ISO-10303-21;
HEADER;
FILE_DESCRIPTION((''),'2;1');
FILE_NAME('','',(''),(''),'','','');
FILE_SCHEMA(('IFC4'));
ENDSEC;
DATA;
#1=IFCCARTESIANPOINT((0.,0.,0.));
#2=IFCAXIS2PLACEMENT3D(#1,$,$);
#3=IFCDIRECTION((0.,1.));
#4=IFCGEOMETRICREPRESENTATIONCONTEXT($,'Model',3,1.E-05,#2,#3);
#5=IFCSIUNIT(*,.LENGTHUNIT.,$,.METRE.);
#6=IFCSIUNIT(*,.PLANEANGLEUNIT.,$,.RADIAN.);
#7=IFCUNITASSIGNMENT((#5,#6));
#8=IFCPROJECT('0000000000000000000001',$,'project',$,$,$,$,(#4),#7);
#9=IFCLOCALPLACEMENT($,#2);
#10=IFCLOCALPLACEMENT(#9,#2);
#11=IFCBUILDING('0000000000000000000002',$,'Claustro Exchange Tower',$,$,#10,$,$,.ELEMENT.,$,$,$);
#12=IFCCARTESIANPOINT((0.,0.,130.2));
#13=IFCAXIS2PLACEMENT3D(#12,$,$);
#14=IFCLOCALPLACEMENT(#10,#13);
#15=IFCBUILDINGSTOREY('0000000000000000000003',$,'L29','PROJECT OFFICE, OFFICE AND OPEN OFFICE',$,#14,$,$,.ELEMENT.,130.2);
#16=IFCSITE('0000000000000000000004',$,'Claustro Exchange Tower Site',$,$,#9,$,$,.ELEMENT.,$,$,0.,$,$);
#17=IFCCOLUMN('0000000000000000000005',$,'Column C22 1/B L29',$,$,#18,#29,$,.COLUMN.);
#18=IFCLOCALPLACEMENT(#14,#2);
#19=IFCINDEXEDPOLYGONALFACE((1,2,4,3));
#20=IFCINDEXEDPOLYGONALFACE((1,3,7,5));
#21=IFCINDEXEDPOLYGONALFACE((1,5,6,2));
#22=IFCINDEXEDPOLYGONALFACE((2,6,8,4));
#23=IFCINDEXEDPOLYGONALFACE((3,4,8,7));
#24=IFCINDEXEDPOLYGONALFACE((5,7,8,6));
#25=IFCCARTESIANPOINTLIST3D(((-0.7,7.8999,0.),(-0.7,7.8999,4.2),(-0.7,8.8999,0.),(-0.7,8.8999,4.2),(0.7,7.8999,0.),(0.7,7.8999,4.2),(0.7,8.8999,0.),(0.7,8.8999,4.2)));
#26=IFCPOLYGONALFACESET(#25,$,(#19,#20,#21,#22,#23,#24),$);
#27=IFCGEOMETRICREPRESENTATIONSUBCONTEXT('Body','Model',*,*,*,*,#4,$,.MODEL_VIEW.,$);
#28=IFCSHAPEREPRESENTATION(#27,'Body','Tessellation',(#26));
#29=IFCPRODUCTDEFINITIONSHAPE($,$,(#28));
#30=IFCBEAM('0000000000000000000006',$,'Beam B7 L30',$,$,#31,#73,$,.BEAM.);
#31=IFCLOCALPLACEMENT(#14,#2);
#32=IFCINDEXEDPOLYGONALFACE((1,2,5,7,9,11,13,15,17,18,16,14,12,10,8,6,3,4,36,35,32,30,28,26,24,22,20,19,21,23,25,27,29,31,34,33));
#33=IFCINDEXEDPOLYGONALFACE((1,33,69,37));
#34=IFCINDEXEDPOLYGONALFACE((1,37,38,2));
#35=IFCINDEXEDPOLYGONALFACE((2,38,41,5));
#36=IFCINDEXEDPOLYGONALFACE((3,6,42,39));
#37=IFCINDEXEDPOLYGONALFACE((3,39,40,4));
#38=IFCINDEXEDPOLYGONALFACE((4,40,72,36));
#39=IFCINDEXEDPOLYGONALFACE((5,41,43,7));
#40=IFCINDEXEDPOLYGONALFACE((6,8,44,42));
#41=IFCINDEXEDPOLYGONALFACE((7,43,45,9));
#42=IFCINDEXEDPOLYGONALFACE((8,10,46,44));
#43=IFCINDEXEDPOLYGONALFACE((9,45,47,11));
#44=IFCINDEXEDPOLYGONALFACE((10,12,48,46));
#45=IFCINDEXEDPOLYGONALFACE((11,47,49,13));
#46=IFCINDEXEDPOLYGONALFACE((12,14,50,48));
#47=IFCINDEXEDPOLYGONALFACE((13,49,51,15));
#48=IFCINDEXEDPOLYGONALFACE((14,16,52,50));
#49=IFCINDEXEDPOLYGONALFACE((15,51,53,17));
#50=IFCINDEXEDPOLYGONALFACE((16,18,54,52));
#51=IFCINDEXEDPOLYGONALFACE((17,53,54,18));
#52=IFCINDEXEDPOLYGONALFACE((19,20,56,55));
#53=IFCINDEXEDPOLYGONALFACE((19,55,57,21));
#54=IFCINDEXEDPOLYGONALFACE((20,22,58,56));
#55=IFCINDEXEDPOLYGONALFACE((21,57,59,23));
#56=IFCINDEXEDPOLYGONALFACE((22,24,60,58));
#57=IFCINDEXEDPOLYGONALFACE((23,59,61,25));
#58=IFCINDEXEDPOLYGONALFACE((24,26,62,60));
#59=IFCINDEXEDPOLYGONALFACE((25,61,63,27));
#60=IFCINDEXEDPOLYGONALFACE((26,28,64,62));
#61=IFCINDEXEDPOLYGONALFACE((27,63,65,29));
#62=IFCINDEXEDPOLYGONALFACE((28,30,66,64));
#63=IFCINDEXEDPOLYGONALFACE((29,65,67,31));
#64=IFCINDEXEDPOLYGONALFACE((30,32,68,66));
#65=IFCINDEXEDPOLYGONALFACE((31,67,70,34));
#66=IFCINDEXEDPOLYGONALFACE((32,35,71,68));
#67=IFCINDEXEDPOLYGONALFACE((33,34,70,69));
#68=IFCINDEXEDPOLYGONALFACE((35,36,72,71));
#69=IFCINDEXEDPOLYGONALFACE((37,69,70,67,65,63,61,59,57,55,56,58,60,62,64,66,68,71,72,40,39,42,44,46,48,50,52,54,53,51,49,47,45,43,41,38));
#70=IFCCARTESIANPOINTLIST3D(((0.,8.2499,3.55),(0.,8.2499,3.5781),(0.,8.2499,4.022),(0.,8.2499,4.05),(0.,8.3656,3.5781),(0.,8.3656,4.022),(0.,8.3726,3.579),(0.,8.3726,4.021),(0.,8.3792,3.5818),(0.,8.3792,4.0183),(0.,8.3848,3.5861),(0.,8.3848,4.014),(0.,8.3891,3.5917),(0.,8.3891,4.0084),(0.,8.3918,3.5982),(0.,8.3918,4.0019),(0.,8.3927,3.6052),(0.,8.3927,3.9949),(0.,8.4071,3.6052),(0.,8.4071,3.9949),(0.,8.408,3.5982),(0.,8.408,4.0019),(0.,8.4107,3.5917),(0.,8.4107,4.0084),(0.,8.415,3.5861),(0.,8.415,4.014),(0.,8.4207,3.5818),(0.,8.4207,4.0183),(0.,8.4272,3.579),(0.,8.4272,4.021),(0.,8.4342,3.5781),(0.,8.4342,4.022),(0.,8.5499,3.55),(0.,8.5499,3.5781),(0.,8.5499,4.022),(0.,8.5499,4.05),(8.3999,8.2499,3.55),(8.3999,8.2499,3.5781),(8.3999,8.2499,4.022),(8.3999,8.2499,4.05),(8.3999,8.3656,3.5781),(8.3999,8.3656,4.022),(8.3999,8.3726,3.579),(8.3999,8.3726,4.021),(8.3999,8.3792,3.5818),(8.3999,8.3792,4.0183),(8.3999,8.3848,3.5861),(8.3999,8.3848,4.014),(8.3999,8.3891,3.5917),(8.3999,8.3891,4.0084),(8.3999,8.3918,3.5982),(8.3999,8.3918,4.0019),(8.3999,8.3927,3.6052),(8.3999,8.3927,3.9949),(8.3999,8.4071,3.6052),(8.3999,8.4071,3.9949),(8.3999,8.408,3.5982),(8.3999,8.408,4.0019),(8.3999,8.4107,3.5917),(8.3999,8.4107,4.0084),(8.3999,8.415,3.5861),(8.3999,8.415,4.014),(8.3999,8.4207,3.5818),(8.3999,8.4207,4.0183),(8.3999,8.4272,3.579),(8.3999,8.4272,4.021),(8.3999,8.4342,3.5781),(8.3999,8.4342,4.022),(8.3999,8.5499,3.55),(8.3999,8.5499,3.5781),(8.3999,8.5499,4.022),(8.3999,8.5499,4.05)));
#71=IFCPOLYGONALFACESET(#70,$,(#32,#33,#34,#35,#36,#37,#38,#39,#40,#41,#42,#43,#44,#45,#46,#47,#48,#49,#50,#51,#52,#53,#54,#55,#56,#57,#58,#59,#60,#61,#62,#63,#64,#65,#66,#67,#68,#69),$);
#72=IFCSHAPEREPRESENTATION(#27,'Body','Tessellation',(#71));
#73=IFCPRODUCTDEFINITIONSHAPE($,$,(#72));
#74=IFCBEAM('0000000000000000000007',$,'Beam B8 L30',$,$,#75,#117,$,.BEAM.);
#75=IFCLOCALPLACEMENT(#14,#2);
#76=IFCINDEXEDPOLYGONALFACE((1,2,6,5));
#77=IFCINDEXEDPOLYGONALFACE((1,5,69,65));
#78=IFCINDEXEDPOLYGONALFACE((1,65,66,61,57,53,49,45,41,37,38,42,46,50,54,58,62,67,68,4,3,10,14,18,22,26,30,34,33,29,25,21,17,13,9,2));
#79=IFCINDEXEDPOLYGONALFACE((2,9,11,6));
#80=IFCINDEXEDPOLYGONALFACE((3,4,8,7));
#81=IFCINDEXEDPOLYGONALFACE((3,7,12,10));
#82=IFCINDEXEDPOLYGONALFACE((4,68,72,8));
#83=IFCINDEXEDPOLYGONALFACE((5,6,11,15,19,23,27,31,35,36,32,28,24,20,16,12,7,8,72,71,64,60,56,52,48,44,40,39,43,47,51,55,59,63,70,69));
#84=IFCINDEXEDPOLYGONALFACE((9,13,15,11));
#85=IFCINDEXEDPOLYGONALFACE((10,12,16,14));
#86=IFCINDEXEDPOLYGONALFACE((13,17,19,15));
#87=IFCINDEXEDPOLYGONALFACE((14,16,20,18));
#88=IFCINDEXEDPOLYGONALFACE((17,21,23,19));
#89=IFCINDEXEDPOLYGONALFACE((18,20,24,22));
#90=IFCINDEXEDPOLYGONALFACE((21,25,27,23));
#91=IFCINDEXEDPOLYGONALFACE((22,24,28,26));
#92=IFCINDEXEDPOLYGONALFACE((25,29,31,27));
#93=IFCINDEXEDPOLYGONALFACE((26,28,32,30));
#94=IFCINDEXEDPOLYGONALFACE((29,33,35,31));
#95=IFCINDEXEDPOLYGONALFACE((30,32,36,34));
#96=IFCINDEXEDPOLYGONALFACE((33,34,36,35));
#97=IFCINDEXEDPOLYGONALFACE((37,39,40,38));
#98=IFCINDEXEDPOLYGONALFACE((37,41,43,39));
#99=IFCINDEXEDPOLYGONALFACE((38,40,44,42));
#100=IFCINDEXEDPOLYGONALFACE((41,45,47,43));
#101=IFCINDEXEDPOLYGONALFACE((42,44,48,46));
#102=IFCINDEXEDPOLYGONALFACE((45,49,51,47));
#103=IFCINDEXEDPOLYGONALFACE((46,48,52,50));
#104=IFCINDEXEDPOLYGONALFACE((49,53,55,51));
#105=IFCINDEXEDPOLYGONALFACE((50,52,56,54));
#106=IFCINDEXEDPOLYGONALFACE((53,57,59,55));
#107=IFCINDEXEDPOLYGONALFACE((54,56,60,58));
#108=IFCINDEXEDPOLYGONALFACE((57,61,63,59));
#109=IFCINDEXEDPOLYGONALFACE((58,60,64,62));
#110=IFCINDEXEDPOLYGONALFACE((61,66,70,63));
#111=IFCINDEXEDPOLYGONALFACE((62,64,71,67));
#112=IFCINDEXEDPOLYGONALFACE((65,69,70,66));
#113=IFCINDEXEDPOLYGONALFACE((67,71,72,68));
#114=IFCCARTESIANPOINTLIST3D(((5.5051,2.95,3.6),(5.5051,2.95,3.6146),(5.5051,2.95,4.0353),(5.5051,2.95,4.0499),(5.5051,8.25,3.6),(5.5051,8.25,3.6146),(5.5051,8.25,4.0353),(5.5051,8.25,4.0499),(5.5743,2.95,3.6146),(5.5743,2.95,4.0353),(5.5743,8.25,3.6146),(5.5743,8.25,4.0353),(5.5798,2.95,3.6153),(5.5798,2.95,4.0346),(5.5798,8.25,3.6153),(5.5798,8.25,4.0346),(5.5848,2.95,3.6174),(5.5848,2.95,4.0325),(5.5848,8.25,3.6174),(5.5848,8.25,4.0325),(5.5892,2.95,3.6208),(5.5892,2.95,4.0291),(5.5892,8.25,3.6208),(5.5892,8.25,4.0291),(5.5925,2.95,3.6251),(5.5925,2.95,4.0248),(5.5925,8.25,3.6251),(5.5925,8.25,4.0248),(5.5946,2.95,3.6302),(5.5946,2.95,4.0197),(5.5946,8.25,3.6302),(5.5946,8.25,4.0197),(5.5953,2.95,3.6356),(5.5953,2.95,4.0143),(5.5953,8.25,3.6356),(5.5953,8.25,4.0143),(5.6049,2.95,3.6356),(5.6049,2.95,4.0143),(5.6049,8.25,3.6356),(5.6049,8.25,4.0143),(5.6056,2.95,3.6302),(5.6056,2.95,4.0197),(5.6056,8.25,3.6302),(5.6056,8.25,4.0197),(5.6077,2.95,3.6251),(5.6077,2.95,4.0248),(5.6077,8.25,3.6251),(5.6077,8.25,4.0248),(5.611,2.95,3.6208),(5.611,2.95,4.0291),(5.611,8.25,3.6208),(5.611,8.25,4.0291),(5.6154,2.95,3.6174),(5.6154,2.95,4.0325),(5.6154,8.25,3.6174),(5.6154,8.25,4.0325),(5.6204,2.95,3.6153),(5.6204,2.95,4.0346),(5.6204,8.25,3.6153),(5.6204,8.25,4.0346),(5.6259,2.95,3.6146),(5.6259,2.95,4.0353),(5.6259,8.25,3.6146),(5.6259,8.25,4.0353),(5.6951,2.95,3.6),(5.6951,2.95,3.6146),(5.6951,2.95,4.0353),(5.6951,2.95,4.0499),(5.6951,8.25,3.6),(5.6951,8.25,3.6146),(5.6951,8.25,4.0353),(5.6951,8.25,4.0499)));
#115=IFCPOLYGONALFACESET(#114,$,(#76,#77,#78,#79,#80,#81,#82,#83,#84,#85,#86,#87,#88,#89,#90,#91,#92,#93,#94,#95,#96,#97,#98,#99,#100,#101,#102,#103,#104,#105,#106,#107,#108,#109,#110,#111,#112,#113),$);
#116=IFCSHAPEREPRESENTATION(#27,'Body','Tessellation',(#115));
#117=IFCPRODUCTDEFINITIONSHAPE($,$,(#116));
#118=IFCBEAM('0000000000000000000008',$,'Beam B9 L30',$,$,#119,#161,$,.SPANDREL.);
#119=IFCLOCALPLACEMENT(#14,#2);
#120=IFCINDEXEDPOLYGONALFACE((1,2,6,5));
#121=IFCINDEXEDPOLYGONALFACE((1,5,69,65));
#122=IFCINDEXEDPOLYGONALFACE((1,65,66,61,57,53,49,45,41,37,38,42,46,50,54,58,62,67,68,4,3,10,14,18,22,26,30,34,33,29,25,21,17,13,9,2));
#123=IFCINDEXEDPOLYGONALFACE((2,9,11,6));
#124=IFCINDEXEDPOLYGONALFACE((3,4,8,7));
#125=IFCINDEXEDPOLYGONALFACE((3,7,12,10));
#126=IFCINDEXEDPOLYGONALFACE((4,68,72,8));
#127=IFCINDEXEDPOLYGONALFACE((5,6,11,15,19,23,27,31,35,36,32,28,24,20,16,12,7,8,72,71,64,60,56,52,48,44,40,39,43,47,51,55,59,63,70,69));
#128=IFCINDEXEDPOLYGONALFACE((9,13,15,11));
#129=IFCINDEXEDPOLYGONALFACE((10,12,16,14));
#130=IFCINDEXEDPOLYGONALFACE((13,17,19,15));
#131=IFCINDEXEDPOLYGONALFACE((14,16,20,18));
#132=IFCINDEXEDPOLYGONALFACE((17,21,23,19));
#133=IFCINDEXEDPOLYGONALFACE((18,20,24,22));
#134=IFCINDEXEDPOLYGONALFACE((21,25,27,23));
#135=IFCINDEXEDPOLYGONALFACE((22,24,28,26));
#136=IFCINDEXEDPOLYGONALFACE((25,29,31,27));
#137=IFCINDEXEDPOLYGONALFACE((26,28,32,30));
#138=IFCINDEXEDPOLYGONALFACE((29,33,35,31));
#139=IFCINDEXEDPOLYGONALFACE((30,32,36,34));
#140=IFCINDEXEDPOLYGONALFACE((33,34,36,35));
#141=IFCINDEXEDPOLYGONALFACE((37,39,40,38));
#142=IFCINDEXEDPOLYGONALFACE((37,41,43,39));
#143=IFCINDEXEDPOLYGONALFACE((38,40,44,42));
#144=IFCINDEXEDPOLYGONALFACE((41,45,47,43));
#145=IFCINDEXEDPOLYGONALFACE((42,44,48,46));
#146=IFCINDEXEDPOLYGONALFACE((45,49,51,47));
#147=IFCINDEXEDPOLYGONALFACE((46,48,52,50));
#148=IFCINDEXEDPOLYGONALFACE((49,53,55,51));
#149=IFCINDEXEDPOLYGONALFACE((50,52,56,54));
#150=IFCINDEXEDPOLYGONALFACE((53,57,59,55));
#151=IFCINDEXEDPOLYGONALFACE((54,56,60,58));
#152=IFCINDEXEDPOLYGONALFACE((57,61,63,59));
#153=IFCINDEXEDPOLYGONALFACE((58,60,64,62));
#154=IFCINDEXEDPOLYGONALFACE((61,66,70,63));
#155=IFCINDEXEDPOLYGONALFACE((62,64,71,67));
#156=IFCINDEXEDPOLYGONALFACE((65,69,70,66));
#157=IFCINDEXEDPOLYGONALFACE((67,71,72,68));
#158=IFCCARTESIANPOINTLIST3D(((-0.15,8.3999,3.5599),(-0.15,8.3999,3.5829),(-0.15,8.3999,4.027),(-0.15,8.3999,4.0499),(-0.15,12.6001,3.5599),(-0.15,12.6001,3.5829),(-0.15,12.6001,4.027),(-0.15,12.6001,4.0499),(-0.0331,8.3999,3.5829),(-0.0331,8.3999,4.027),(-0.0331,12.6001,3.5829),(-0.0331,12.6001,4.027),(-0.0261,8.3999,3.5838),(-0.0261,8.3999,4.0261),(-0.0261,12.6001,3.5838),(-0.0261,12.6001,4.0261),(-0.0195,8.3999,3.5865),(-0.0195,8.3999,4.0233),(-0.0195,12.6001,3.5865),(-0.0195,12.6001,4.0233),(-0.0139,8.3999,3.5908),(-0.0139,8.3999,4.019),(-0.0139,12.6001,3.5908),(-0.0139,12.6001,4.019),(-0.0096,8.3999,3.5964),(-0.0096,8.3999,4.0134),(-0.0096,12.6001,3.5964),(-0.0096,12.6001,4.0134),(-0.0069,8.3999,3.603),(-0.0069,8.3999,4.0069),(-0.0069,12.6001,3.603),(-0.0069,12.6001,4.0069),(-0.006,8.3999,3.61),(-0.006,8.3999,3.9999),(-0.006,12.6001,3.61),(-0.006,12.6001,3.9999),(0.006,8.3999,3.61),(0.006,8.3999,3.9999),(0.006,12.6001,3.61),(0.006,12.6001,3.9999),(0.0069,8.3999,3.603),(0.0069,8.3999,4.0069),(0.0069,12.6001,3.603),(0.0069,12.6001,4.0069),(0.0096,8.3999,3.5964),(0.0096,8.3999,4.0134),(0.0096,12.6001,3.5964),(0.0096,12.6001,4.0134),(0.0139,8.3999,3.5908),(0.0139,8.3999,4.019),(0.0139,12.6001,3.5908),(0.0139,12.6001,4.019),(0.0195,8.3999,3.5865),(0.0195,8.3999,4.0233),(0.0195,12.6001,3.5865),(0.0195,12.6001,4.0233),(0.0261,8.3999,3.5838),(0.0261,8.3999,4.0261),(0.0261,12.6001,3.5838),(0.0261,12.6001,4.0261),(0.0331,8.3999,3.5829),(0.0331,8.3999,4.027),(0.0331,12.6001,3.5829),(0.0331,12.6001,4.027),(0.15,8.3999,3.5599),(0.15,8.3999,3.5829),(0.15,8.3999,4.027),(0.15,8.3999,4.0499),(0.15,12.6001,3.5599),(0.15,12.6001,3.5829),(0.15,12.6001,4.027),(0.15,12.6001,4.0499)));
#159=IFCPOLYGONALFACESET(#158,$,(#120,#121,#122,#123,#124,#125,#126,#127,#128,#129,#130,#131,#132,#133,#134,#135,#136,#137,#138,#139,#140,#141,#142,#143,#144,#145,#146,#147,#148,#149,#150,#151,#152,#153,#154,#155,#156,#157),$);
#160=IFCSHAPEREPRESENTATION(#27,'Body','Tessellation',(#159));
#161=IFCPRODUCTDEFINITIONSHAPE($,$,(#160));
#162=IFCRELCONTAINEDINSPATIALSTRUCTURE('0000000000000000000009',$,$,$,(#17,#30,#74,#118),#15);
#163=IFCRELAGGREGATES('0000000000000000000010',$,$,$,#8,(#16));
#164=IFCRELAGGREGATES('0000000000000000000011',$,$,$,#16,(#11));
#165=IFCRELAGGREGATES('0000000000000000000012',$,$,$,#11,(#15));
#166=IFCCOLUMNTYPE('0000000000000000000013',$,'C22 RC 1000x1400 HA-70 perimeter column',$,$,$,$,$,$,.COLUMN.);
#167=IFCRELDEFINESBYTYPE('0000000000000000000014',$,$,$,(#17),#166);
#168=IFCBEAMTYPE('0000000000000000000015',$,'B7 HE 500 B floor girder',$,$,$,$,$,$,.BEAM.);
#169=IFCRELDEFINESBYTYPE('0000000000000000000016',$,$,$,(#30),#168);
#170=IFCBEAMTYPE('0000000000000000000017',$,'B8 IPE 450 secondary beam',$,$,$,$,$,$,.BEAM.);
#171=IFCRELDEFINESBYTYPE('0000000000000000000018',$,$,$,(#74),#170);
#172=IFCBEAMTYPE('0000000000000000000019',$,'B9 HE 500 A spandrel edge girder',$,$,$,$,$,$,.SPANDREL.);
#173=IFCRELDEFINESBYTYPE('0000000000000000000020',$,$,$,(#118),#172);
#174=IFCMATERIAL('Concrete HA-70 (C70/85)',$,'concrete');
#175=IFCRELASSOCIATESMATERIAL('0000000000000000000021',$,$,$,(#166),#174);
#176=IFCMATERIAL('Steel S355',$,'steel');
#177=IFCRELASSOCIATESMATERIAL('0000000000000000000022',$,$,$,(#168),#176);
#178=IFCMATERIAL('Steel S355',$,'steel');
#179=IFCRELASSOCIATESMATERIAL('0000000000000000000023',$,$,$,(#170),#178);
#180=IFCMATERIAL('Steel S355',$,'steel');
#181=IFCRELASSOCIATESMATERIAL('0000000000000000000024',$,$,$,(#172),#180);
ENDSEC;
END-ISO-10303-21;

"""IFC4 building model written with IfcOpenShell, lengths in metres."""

from ifc_helpers import new_model, si_unit, direction, frame, origin, origin_2d, place, context, subcontext, project, spatial, rectangle, i_section, extrude, material, material_profile, profile_set, type_object, element, save


model = new_model("IFC4")

# Units and contexts
model_context = context("Model", 3, precision=1e-05, world=origin(), true_north=direction((0.0, 1.0)))
body_context = subcontext(model_context, "Body", "Model", "MODEL_VIEW")
ifc_project = project(units=[si_unit("LENGTHUNIT", "METRE"), si_unit("PLANEANGLEUNIT", "RADIAN")], contexts=[model_context])

# Site, building, storey
site_placement = place(None, origin())
site = spatial("IfcSite", under=ifc_project, at=site_placement, Name="Claustro Exchange Tower Site", CompositionType="ELEMENT", RefElevation=0.0)
building_placement = place(site_placement, origin())
building = spatial("IfcBuilding", under=site, at=building_placement, Name="Claustro Exchange Tower", CompositionType="ELEMENT")
storey_placement = place(building_placement, frame((0.0, 0.0, 130.2)))
storey = spatial("IfcBuildingStorey", under=building, at=storey_placement, Name="L29", Description="PROJECT OFFICE, OFFICE AND OPEN OFFICE", CompositionType="ELEMENT", Elevation=130.2)

# Column
ifc_material_1 = material(Name="Concrete HA-70 (C70/85)", Category="concrete")
ifc_material_profile_1 = material_profile(ifc_material_1, rectangle(XDim=1.0, YDim=1.3999, at=origin_2d()), Name="RC 1000x1400")
ifc_profile_set_1 = profile_set([ifc_material_profile_1], Name="Concrete HA-70 (C70/85)")
column_type = type_object("IfcColumnType", Name="C22 RC 1000x1400 HA-70 perimeter column", PredefinedType="COLUMN", material=ifc_profile_set_1)
column_placement = place(storey_placement, frame((0.0, 8.3999, 0.0), z_axis=(0.0, 0.0, 1.0), x_axis=(0.0, 1.0, 0.0)))
element("IfcColumn", 1, at=column_placement, inside=storey, type_object=column_type, Name="Column C22 1/B L29", PredefinedType="COLUMN", context=body_context, shape_type="SweptSolid", body=[
    extrude(rectangle(XDim=1.0, YDim=1.3999, at=origin_2d()), origin(), (0.0, 0.0, 1.0), 4.2),
])

# Beams
ifc_material_2 = material(Name="Steel S355", Category="steel")
ifc_material_profile_2 = material_profile(ifc_material_2, i_section(OverallWidth=0.3, OverallDepth=0.5, WebThickness=0.0144, FlangeThickness=0.0281, FilletRadius=0.0271, at=origin_2d()), Name="HE 500 B")
ifc_profile_set_2 = profile_set([ifc_material_profile_2], Name="Steel S355")
beam_type_1 = type_object("IfcBeamType", Name="B7 HE 500 B floor girder", PredefinedType="BEAM", material=ifc_profile_set_2)
beam_1_placement = place(storey_placement, frame((0.0, 8.3999, 3.8), z_axis=(1.0, 0.0, 0.0), x_axis=(0.0, 1.0, 0.0)))
element("IfcBeam", 2, at=beam_1_placement, inside=storey, type_object=beam_type_1, Name="Beam B7 L30", PredefinedType="BEAM", context=body_context, shape_type="SweptSolid", body=[
    extrude(i_section(OverallWidth=0.3, OverallDepth=0.5, WebThickness=0.0144, FlangeThickness=0.0281, FilletRadius=0.0271, at=origin_2d()), origin(), (0.0, 0.0, 1.0), 8.3999),
])
ifc_material_3 = material(Name="Steel S355", Category="steel")
ifc_material_profile_3 = material_profile(ifc_material_3, i_section(OverallWidth=0.1899, OverallDepth=0.45, WebThickness=0.0095, FlangeThickness=0.0146, FilletRadius=0.021, at=origin_2d()), Name="IPE 450")
ifc_profile_set_3 = profile_set([ifc_material_profile_3], Name="Steel S355")
beam_type_2 = type_object("IfcBeamType", Name="B8 IPE 450 secondary beam", PredefinedType="BEAM", material=ifc_profile_set_3)
beam_2_placement = place(storey_placement, frame((5.6001, 2.95, 3.825), z_axis=(0.0, 1.0, 0.0), x_axis=(-1.0, 0.0, 0.0)))
element("IfcBeam", 3, at=beam_2_placement, inside=storey, type_object=beam_type_2, Name="Beam B8 L30", PredefinedType="BEAM", context=body_context, shape_type="SweptSolid", body=[
    extrude(i_section(OverallWidth=0.1899, OverallDepth=0.45, WebThickness=0.0095, FlangeThickness=0.0146, FilletRadius=0.021, at=origin_2d()), origin(), (0.0, 0.0, 1.0), 5.3),
])
ifc_material_4 = material(Name="Steel S355", Category="steel")
ifc_material_profile_4 = material_profile(ifc_material_4, i_section(OverallWidth=0.3, OverallDepth=0.49, WebThickness=0.012, FlangeThickness=0.0229, FilletRadius=0.0271, at=origin_2d()), Name="HE 500 A")
ifc_profile_set_4 = profile_set([ifc_material_profile_4], Name="Steel S355")
beam_type_3 = type_object("IfcBeamType", Name="B9 HE 500 A spandrel edge girder", PredefinedType="SPANDREL", material=ifc_profile_set_4)
beam_3_placement = place(storey_placement, frame((0.0, 8.3999, 3.8049), z_axis=(0.0, 1.0, 0.0), x_axis=(-1.0, 0.0, 0.0)))
element("IfcBeam", 4, at=beam_3_placement, inside=storey, type_object=beam_type_3, Name="Beam B9 L30", PredefinedType="SPANDREL", context=body_context, shape_type="SweptSolid", body=[
    extrude(i_section(OverallWidth=0.3, OverallDepth=0.49, WebThickness=0.012, FlangeThickness=0.0229, FilletRadius=0.0271, at=origin_2d()), origin(), (0.0, 0.0, 1.0), 4.2002),
])

save(model, "model.ifc")
